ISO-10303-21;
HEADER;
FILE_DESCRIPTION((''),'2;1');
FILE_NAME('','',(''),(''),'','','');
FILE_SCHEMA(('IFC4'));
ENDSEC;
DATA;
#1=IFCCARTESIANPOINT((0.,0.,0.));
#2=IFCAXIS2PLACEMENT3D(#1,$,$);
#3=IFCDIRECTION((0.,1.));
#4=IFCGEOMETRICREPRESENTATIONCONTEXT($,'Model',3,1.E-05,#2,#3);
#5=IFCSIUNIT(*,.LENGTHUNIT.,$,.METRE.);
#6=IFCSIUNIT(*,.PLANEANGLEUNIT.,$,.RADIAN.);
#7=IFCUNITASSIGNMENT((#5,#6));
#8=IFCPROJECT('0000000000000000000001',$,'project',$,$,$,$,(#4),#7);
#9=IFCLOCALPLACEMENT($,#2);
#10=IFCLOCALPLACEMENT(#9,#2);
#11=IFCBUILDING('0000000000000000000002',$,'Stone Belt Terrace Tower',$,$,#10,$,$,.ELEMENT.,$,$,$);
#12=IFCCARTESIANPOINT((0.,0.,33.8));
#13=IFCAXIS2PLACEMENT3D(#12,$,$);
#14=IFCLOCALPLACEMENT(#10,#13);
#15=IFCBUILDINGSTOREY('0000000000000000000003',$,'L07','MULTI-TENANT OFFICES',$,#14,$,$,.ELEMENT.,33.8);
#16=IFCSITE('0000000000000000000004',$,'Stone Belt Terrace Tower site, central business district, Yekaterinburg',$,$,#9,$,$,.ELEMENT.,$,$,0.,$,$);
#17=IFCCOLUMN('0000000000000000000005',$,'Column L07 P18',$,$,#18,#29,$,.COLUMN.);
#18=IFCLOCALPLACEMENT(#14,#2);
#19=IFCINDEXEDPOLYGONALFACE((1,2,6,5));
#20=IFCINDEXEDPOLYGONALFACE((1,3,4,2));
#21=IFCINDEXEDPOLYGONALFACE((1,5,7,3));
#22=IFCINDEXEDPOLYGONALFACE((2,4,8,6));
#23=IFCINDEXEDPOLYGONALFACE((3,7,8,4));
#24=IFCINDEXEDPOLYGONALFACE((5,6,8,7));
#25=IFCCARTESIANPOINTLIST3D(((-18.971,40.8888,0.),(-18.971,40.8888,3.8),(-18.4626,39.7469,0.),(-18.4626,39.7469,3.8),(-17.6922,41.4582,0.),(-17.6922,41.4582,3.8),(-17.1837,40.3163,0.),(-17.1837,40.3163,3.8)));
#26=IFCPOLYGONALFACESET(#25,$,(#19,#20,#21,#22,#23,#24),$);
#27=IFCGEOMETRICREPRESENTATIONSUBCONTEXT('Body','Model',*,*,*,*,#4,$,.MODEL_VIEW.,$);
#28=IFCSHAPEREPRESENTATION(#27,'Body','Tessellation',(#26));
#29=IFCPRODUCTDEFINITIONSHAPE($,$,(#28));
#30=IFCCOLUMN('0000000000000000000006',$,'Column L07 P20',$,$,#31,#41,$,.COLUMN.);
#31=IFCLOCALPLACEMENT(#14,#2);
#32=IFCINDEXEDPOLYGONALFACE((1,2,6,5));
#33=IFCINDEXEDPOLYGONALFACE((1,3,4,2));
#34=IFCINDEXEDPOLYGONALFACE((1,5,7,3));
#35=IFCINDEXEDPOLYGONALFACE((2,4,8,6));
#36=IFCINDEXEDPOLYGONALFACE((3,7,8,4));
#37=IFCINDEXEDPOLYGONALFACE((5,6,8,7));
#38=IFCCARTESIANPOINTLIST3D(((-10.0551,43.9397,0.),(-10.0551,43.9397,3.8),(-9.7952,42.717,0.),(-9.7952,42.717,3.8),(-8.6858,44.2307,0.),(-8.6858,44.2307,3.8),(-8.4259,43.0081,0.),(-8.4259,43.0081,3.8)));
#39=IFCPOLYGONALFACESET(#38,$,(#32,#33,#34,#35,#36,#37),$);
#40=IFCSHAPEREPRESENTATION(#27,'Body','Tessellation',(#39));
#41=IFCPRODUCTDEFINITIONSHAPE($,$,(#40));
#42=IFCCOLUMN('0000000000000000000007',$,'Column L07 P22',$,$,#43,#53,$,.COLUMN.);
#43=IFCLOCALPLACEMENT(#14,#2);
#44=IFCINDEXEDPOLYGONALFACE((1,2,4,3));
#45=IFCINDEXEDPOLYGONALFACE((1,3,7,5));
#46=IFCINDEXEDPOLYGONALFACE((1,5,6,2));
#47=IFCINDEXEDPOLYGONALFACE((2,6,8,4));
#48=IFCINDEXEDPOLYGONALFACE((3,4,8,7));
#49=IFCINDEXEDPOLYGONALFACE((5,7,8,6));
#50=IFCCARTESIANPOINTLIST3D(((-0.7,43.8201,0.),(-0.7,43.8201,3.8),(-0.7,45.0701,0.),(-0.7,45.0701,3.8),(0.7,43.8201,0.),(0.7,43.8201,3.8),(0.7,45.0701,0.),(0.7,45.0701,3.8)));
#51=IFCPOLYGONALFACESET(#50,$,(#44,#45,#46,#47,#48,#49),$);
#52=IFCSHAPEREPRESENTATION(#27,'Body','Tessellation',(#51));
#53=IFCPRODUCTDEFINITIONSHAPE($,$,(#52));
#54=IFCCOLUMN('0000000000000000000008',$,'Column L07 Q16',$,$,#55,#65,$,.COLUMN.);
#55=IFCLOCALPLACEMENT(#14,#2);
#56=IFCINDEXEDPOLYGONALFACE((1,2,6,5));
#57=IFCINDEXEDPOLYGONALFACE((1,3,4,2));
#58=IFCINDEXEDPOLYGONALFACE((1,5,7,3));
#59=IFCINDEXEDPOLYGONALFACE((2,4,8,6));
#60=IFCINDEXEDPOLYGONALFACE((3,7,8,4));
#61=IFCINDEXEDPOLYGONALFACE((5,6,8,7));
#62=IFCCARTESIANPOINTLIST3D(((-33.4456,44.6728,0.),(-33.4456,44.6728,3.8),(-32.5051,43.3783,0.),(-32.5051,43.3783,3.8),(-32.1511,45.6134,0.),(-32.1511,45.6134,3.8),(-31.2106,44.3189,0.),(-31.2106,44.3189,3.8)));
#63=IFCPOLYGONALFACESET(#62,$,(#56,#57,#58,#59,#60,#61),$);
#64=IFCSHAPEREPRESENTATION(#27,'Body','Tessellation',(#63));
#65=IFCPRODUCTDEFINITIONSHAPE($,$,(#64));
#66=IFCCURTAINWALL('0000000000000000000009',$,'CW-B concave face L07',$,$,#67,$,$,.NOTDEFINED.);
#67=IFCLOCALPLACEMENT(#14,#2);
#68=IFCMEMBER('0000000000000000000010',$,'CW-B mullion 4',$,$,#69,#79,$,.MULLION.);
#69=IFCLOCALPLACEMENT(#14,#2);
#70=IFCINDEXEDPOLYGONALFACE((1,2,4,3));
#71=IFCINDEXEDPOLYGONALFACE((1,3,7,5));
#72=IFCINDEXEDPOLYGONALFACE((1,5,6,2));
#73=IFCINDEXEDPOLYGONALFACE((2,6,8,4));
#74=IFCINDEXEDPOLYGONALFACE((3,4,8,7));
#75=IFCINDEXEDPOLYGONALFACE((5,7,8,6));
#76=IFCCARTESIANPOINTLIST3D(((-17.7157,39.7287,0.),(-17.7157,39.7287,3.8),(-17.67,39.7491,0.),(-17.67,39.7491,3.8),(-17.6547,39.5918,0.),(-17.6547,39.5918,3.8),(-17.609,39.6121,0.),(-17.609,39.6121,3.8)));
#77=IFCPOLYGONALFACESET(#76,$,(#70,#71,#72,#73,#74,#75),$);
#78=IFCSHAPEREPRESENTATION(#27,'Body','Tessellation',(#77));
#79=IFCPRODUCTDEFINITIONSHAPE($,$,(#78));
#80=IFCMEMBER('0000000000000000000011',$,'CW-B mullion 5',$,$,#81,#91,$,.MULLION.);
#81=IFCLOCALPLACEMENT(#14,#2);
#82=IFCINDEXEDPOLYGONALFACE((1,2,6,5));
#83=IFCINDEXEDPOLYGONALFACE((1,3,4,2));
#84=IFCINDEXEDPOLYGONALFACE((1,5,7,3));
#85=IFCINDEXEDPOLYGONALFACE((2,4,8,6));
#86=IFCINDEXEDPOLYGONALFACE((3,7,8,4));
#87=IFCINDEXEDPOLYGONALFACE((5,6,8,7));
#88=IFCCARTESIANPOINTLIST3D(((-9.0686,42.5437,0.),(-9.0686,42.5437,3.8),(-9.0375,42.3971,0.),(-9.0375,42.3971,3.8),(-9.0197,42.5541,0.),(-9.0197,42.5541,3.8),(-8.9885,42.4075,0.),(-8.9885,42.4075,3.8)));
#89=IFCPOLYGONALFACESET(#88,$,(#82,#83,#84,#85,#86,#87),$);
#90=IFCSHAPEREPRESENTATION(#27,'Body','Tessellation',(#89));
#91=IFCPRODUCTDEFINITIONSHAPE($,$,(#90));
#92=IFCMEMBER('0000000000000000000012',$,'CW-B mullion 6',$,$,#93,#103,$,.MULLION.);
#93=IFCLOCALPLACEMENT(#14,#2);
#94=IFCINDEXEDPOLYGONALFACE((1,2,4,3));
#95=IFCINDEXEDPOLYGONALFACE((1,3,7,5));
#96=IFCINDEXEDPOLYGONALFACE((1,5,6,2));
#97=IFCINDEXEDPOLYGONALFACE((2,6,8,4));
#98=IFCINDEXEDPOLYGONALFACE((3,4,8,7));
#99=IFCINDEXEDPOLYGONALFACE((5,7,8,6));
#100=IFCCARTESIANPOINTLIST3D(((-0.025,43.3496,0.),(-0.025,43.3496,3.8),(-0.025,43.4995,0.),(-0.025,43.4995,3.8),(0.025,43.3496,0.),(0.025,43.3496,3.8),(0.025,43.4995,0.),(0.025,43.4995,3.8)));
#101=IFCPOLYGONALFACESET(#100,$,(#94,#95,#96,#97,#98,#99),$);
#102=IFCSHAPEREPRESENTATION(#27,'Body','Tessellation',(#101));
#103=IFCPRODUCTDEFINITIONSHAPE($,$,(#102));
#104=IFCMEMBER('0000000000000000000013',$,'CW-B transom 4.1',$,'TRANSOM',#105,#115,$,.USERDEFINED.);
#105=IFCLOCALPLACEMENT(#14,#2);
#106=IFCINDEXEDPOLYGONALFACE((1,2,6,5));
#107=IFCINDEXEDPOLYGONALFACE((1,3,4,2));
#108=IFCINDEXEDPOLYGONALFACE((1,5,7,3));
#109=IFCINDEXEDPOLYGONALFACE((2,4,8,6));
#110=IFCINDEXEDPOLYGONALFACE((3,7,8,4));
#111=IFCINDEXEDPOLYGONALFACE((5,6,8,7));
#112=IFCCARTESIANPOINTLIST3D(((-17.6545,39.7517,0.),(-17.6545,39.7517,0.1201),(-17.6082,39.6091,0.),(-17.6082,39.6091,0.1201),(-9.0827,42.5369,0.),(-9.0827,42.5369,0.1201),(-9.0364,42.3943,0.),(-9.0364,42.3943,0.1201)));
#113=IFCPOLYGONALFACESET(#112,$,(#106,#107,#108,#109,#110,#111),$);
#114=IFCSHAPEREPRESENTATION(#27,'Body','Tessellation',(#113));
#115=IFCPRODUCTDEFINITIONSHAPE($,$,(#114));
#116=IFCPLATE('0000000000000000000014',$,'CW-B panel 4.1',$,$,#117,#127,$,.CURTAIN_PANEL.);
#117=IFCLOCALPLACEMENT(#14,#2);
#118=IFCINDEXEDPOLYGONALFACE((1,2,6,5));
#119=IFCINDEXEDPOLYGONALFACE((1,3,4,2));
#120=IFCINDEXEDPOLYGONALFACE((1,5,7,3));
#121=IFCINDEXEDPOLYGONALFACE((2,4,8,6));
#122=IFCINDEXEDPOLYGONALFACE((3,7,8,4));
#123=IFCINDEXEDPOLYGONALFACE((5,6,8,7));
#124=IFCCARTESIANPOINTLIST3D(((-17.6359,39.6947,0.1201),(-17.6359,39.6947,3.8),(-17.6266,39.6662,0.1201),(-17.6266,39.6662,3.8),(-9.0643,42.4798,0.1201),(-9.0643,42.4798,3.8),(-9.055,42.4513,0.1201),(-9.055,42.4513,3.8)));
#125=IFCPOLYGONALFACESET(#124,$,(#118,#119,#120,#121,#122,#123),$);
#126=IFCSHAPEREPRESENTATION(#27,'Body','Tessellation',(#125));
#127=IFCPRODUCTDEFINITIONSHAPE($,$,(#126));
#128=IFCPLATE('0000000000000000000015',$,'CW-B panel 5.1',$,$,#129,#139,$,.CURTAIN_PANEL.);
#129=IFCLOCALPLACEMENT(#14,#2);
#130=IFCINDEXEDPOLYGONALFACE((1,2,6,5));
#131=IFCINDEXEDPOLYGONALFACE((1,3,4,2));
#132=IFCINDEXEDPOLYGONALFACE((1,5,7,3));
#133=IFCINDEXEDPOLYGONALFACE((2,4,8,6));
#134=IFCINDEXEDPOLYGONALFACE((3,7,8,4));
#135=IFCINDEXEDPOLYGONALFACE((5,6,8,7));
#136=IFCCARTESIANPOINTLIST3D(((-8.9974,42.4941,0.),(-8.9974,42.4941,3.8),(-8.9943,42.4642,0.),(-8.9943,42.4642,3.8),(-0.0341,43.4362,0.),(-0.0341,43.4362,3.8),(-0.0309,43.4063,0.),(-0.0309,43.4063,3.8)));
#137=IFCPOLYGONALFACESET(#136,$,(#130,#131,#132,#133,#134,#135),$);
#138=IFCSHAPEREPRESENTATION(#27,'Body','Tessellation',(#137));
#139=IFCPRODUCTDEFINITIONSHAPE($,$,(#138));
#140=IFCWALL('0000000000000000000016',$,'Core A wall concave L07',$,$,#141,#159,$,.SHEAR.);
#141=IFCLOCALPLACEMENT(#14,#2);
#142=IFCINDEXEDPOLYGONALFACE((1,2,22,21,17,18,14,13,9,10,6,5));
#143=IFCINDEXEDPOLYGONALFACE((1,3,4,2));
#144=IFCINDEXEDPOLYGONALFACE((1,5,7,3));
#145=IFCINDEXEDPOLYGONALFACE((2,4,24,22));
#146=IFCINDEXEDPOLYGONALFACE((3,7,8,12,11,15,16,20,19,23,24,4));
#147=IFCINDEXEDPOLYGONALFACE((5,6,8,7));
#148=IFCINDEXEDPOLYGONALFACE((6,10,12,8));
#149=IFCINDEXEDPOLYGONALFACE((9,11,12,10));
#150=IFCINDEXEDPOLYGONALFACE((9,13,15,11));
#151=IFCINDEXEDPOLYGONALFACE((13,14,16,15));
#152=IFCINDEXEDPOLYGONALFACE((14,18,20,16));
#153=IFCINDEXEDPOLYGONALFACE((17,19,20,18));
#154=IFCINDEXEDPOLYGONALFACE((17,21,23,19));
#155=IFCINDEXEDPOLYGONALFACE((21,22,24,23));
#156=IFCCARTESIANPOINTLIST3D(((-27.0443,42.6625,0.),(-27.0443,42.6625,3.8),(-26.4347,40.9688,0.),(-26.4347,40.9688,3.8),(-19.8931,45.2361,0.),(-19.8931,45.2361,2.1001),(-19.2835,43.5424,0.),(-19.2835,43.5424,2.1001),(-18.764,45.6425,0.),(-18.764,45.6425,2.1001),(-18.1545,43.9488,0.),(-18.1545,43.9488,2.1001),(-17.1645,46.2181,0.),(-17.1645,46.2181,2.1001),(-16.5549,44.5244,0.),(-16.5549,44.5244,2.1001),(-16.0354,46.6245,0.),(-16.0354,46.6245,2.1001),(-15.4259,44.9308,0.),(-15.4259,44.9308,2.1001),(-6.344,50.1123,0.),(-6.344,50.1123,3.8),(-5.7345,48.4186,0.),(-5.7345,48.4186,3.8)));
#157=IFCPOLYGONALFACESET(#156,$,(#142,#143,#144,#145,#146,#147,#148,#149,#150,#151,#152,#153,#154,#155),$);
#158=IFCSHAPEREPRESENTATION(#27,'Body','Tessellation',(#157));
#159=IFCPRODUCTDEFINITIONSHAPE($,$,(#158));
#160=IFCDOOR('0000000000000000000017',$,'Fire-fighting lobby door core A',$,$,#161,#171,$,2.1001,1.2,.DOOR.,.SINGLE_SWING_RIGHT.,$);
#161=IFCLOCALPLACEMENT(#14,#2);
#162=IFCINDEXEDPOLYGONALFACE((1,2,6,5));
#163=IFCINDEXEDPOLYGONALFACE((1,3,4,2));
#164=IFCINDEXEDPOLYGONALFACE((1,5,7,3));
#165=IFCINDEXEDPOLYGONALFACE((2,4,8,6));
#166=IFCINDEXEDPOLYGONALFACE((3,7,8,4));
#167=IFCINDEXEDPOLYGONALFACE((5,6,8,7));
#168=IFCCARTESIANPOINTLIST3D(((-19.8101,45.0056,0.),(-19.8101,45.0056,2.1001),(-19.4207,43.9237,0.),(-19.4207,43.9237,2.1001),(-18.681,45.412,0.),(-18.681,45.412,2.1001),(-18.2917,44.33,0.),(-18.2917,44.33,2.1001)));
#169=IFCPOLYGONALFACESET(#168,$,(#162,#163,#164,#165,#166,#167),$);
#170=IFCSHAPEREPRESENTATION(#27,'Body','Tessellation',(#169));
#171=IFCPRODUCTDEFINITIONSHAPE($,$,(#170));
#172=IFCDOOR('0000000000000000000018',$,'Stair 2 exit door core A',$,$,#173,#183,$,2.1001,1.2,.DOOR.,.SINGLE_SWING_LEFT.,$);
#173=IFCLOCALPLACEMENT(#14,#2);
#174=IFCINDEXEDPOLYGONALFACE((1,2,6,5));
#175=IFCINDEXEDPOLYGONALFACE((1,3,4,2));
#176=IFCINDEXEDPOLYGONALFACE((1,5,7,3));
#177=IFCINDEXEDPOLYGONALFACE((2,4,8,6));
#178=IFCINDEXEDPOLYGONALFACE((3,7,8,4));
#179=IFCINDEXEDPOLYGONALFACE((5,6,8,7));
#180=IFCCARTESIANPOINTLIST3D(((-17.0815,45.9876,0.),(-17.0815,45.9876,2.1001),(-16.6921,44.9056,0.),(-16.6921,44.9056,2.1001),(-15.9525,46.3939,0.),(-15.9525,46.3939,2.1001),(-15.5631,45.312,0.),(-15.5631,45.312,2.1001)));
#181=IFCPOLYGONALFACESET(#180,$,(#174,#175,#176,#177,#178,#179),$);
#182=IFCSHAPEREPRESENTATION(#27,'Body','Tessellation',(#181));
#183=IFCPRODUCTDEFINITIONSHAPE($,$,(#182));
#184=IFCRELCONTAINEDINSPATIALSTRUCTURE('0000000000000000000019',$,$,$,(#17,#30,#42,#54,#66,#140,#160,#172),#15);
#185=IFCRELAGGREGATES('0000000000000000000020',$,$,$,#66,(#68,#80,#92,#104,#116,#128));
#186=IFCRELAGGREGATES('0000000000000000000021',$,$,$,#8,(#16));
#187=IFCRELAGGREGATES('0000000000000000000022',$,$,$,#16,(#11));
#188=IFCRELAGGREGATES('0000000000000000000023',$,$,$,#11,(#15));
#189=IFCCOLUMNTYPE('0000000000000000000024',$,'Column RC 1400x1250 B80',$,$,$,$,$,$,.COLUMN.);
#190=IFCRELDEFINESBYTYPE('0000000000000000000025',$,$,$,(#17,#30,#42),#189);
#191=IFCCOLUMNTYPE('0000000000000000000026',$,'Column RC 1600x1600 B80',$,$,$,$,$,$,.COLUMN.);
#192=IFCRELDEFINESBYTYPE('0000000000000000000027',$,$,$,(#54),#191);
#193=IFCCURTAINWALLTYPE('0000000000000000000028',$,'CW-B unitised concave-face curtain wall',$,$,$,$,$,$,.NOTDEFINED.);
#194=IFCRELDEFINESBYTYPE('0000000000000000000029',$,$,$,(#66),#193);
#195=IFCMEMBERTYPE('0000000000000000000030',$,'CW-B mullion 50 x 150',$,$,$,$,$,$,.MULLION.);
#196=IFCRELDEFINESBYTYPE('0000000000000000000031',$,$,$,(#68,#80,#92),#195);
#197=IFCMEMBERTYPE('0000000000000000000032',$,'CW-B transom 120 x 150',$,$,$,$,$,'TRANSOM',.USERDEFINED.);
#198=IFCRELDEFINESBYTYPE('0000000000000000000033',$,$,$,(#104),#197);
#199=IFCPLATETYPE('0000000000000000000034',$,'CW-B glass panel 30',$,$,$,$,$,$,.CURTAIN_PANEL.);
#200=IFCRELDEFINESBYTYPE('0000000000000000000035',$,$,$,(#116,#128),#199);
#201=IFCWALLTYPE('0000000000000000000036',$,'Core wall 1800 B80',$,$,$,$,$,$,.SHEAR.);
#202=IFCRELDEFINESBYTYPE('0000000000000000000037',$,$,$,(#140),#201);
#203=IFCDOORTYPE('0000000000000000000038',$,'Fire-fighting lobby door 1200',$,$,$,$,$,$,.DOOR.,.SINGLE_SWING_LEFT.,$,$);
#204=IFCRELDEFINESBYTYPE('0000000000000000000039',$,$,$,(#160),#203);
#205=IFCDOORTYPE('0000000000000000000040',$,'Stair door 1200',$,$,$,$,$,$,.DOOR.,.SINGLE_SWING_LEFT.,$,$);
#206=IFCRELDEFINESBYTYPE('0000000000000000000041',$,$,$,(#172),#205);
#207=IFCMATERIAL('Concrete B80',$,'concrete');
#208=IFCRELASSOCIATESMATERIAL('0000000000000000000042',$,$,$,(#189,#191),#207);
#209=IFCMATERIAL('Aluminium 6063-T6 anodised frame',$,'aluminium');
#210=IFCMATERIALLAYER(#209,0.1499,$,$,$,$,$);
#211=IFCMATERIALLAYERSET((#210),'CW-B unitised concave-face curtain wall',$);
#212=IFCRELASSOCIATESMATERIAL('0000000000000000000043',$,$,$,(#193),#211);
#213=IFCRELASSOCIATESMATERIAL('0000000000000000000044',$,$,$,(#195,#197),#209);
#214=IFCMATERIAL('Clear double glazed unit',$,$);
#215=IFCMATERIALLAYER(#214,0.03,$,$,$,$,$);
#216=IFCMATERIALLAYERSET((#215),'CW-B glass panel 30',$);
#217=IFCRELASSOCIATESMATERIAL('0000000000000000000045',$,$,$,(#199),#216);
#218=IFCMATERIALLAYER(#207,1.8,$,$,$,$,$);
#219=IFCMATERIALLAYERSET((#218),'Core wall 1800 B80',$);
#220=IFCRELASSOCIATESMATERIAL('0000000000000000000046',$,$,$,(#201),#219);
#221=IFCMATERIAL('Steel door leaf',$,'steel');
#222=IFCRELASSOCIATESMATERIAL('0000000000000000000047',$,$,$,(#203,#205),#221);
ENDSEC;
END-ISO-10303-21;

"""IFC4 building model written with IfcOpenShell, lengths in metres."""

from ifc_helpers import new_model, si_unit, direction, frame, frame_2d, origin, origin_2d, place, context, subcontext, project, spatial, rectangle, extrude, material, layer, layer_set, material_profile, profile_set, type_object, element, fill, aggregate, save


model = new_model("IFC4")

# Units and contexts
model_context = context("Model", 3, precision=1e-05, world=origin(), true_north=direction((0.0, 1.0)))
body_context = subcontext(model_context, "Body", "Model", "MODEL_VIEW")
ifc_project = project(units=[si_unit("LENGTHUNIT", "METRE"), si_unit("PLANEANGLEUNIT", "RADIAN")], contexts=[model_context])

# Site, building, storey
site_placement = place(None, origin())
site = spatial("IfcSite", under=ifc_project, at=site_placement, Name="Stone Belt Terrace Tower site, central business district, Yekaterinburg", CompositionType="ELEMENT", RefElevation=0.0)
building_placement = place(site_placement, origin())
building = spatial("IfcBuilding", under=site, at=building_placement, Name="Stone Belt Terrace Tower", CompositionType="ELEMENT")
storey_placement = place(building_placement, frame((0.0, 0.0, 33.8)))
storey = spatial("IfcBuildingStorey", under=building, at=storey_placement, Name="L07", Description="MULTI-TENANT OFFICES", CompositionType="ELEMENT", Elevation=33.8)

# Columns
ifc_material_1 = material(Name="Concrete B80", Category="concrete")
ifc_material_profile_1 = material_profile(ifc_material_1, rectangle(XDim=1.3999, YDim=1.25, at=origin_2d()), Name="RC 1400x1250")
ifc_profile_set_1 = profile_set([ifc_material_profile_1], Name="Concrete B80")
column_type_1 = type_object("IfcColumnType", Name="Column RC 1400x1250 B80", PredefinedType="COLUMN", material=ifc_profile_set_1)
for number, where, z_axis, x_axis, name in (
    (1, (-18.0774, 40.6025, 0.0), (0.0, 0.0, 1.0), (0.913545, 0.406737, 0.0), "Column L07 P18"),
    (2, (-9.2405, 43.4739, 0.0), (0.0, 0.0, 1.0), (0.978148, 0.207912, 0.0), "Column L07 P20"),
    (3, (0.0, 44.4451, 0.0), (0.0, 0.0, 1.0), (1.0, 0.0, 0.0), "Column L07 P22"),
):
    element("IfcColumn", number, at=place(storey_placement, frame(where, z_axis=z_axis, x_axis=x_axis)), inside=storey, type_object=column_type_1, Name=name, PredefinedType="COLUMN", context=body_context, shape_type="SweptSolid", body=[
        extrude(rectangle(XDim=1.3999, YDim=1.25, at=origin_2d()), origin(), (0.0, 0.0, 1.0), 3.8),
    ])
ifc_material_profile_2 = material_profile(ifc_material_1, rectangle(XDim=1.6001, YDim=1.6001, at=origin_2d()), Name="RC 1600x1600")
ifc_profile_set_2 = profile_set([ifc_material_profile_2], Name="Concrete B80")
column_type_2 = type_object("IfcColumnType", Name="Column RC 1600x1600 B80", PredefinedType="COLUMN", material=ifc_profile_set_2)
column_placement = place(storey_placement, frame((-32.3281, 44.4958, 0.0), z_axis=(0.0, 0.0, 1.0), x_axis=(0.809017, 0.587785, 0.0)))
element("IfcColumn", 4, at=column_placement, inside=storey, type_object=column_type_2, Name="Column L07 Q16", PredefinedType="COLUMN", context=body_context, shape_type="SweptSolid", body=[
    extrude(rectangle(XDim=1.6001, YDim=1.6001, at=origin_2d()), origin(), (0.0, 0.0, 1.0), 3.8),
])

# Curtain wall, members, plates
ifc_material_2 = material(Name="Aluminium 6063-T6 anodised frame", Category="aluminium")
ifc_layer_1 = layer(ifc_material_2, 0.1499)
ifc_layer_set_1 = layer_set([ifc_layer_1], Name="CW-B unitised concave-face curtain wall")
curtain_wall_type = type_object("IfcCurtainWallType", Name="CW-B unitised concave-face curtain wall", PredefinedType="NOTDEFINED", material=ifc_layer_set_1)
curtain_wall_placement = place(storey_placement, origin())
curtain_wall = element("IfcCurtainWall", 5, at=curtain_wall_placement, inside=storey, type_object=curtain_wall_type, Name="CW-B concave face L07", PredefinedType="NOTDEFINED")
ifc_material_profile_3 = material_profile(ifc_material_2, rectangle(XDim=0.1499, YDim=0.05, at=origin_2d()), Name="Aluminium 6063-T6 50x150")
ifc_profile_set_3 = profile_set([ifc_material_profile_3], Name="Aluminium 6063-T6 anodised frame")
member_type_1 = type_object("IfcMemberType", Name="CW-B mullion 50 x 150", PredefinedType="MULLION", material=ifc_profile_set_3)
member_1_placement = place(storey_placement, frame((-17.6624, 39.6704, 0.0), z_axis=(0.0, 0.0, 1.0), x_axis=(-0.406737, 0.913545, 0.0)))
member_1 = element("IfcMember", 6, at=member_1_placement, type_object=member_type_1, Name="CW-B mullion 4", PredefinedType="MULLION", context=body_context, shape_type="SweptSolid", body=[
    extrude(rectangle(XDim=0.1499, YDim=0.05, at=origin_2d()), origin(), (0.0, 0.0, 1.0), 3.8),
])
member_2_placement = place(storey_placement, frame((-9.0286, 42.4756, 0.0), z_axis=(0.0, 0.0, 1.0), x_axis=(-0.207912, 0.978148, 0.0)))
member_2 = element("IfcMember", 7, at=member_2_placement, type_object=member_type_1, Name="CW-B mullion 5", PredefinedType="MULLION", context=body_context, shape_type="SweptSolid", body=[
    extrude(rectangle(XDim=0.1499, YDim=0.05, at=origin_2d()), origin(), (0.0, 0.0, 1.0), 3.8),
])
member_3_placement = place(storey_placement, frame((0.0, 43.4246, 0.0), z_axis=(0.0, 0.0, 1.0), x_axis=(0.0, 1.0, 0.0)))
member_3 = element("IfcMember", 8, at=member_3_placement, type_object=member_type_1, Name="CW-B mullion 6", PredefinedType="MULLION", context=body_context, shape_type="SweptSolid", body=[
    extrude(rectangle(XDim=0.1499, YDim=0.05, at=origin_2d()), origin(), (0.0, 0.0, 1.0), 3.8),
])
ifc_material_profile_4 = material_profile(ifc_material_2, rectangle(XDim=0.1499, YDim=0.1201, at=origin_2d()), Name="Aluminium 6063-T6 150x120")
ifc_profile_set_4 = profile_set([ifc_material_profile_4], Name="Aluminium 6063-T6 anodised frame")
member_type_2 = type_object("IfcMemberType", Name="CW-B transom 120 x 150", ElementType="TRANSOM", PredefinedType="USERDEFINED", material=ifc_profile_set_4)
member_4_placement = place(storey_placement, frame((-17.6313, 39.6804, 0.0601), z_axis=(0.951056, 0.309019, 0.0), x_axis=(-0.309019, 0.951056, 0.0)))
member_4 = element("IfcMember", 9, at=member_4_placement, type_object=member_type_2, Name="CW-B transom 4.1", ObjectType="TRANSOM", PredefinedType="USERDEFINED", context=body_context, shape_type="SweptSolid", body=[
    extrude(rectangle(XDim=0.1499, YDim=0.1201, at=origin_2d()), origin(), (0.0, 0.0, 1.0), 9.0129),
])
ifc_material_3 = material(Name="Clear double glazed unit")
ifc_layer_2 = layer(ifc_material_3, 0.03)
ifc_layer_set_2 = layer_set([ifc_layer_2], Name="CW-B glass panel 30")
plate_type = type_object("IfcPlateType", Name="CW-B glass panel 30", PredefinedType="CURTAIN_PANEL", material=ifc_layer_set_2)
plate_1_placement = place(storey_placement, frame((-13.3455, 41.073, 0.1201), z_axis=(0.0, 0.0, 1.0), x_axis=(0.951057, 0.309017, 0.0)))
plate_1 = element("IfcPlate", 10, at=plate_1_placement, type_object=plate_type, Name="CW-B panel 4.1", PredefinedType="CURTAIN_PANEL", context=body_context, shape_type="SweptSolid", body=[
    extrude(rectangle(XDim=9.0127, YDim=0.03, at=origin_2d()), origin(), (0.0, 0.0, 1.0), 3.6799),
])
plate_2_placement = place(storey_placement, frame((-4.5142, 42.9502, 0.0), z_axis=(0.0, 0.0, 1.0), x_axis=(0.994522, 0.104528, 0.0)))
plate_2 = element("IfcPlate", 11, at=plate_2_placement, type_object=plate_type, Name="CW-B panel 5.1", PredefinedType="CURTAIN_PANEL", context=body_context, shape_type="SweptSolid", body=[
    extrude(rectangle(XDim=9.0127, YDim=0.03, at=origin_2d()), origin(), (0.0, 0.0, 1.0), 3.8),
])
aggregate(curtain_wall, [member_1, member_2, member_3, member_4, plate_1, plate_2])

# Wall, openings, doors
ifc_layer_3 = layer(ifc_material_1, 1.8)
ifc_layer_set_3 = layer_set([ifc_layer_3], Name="Core wall 1800 B80")
wall_type_1 = type_object("IfcWallType", Name="Core wall 1800 B80", PredefinedType="SHEAR", material=ifc_layer_set_3)
wall_1_placement = place(storey_placement, frame((-26.7395, 41.8157, 0.0), z_axis=(0.0, 0.0, 1.0), x_axis=(0.940922, 0.338624, 0.0)))
wall_1 = element("IfcWall", 12, at=wall_1_placement, inside=storey, type_object=wall_type_1, Name="Core A wall concave L07", PredefinedType="SHEAR", context=body_context, shape_type="SweptSolid", body=[
    extrude(rectangle(XDim=22.0, YDim=1.8, at=frame_2d((11.0, 0.0))), origin(), (0.0, 0.0, 1.0), 3.8),
])
opening_1_placement = place(wall_1_placement, frame((7.6001, 0.0, 0.0)))
opening_1 = element("IfcOpeningElement", 13, at=opening_1_placement, cuts=wall_1, PredefinedType="OPENING", context=body_context, shape_type="SweptSolid", body=[
    extrude(rectangle(XDim=1.2, YDim=2.1001, at=frame_2d((0.6001, 1.05))), frame((0.0, 0.9099, 0.0), z_axis=(0.0, -1.0, 0.0), x_axis=(1.0, 0.0, 0.0)), (0.0, 0.0, 1.0), 1.8201),
])
opening_2_placement = place(wall_1_placement, frame((10.5, 0.0, 0.0)))
opening_2 = element("IfcOpeningElement", 14, at=opening_2_placement, cuts=wall_1, PredefinedType="OPENING", context=body_context, shape_type="SweptSolid", body=[
    extrude(rectangle(XDim=1.2, YDim=2.1001, at=frame_2d((0.6001, 1.05))), frame((0.0, 0.9099, 0.0), z_axis=(0.0, -1.0, 0.0), x_axis=(1.0, 0.0, 0.0)), (0.0, 0.0, 1.0), 1.8201),
])
ifc_material_4 = material(Name="Steel door leaf", Category="steel")
door_type_1 = type_object("IfcDoorType", Name="Fire-fighting lobby door 1200", OperationType="SINGLE_SWING_LEFT", PredefinedType="DOOR", material=ifc_material_4)
door_1_placement = place(opening_1_placement, origin())
door_1 = element("IfcDoor", 15, at=door_1_placement, inside=storey, type_object=door_type_1, Name="Fire-fighting lobby door core A", OperationType="SINGLE_SWING_RIGHT", OverallHeight=2.1001, OverallWidth=1.2, PredefinedType="DOOR", context=body_context, shape_type="SweptSolid", body=[
    extrude(rectangle(XDim=1.2, YDim=2.1001, at=frame_2d((0.6001, 1.05))), frame((0.0, 0.655, 0.0), z_axis=(0.0, -1.0, 0.0), x_axis=(1.0, 0.0, 0.0)), (0.0, 0.0, 1.0), 1.1499),
])
fill(opening_1, door_1)
door_type_2 = type_object("IfcDoorType", Name="Stair door 1200", OperationType="SINGLE_SWING_LEFT", PredefinedType="DOOR", material=ifc_material_4)
door_2_placement = place(opening_2_placement, origin())
door_2 = element("IfcDoor", 16, at=door_2_placement, inside=storey, type_object=door_type_2, Name="Stair 2 exit door core A", OperationType="SINGLE_SWING_LEFT", OverallHeight=2.1001, OverallWidth=1.2, PredefinedType="DOOR", context=body_context, shape_type="SweptSolid", body=[
    extrude(rectangle(XDim=1.2, YDim=2.1001, at=frame_2d((0.6001, 1.05))), frame((0.0, 0.655, 0.0), z_axis=(0.0, -1.0, 0.0), x_axis=(1.0, 0.0, 0.0)), (0.0, 0.0, 1.0), 1.1499),
])
fill(opening_2, door_2)

save(model, "model.ifc")
